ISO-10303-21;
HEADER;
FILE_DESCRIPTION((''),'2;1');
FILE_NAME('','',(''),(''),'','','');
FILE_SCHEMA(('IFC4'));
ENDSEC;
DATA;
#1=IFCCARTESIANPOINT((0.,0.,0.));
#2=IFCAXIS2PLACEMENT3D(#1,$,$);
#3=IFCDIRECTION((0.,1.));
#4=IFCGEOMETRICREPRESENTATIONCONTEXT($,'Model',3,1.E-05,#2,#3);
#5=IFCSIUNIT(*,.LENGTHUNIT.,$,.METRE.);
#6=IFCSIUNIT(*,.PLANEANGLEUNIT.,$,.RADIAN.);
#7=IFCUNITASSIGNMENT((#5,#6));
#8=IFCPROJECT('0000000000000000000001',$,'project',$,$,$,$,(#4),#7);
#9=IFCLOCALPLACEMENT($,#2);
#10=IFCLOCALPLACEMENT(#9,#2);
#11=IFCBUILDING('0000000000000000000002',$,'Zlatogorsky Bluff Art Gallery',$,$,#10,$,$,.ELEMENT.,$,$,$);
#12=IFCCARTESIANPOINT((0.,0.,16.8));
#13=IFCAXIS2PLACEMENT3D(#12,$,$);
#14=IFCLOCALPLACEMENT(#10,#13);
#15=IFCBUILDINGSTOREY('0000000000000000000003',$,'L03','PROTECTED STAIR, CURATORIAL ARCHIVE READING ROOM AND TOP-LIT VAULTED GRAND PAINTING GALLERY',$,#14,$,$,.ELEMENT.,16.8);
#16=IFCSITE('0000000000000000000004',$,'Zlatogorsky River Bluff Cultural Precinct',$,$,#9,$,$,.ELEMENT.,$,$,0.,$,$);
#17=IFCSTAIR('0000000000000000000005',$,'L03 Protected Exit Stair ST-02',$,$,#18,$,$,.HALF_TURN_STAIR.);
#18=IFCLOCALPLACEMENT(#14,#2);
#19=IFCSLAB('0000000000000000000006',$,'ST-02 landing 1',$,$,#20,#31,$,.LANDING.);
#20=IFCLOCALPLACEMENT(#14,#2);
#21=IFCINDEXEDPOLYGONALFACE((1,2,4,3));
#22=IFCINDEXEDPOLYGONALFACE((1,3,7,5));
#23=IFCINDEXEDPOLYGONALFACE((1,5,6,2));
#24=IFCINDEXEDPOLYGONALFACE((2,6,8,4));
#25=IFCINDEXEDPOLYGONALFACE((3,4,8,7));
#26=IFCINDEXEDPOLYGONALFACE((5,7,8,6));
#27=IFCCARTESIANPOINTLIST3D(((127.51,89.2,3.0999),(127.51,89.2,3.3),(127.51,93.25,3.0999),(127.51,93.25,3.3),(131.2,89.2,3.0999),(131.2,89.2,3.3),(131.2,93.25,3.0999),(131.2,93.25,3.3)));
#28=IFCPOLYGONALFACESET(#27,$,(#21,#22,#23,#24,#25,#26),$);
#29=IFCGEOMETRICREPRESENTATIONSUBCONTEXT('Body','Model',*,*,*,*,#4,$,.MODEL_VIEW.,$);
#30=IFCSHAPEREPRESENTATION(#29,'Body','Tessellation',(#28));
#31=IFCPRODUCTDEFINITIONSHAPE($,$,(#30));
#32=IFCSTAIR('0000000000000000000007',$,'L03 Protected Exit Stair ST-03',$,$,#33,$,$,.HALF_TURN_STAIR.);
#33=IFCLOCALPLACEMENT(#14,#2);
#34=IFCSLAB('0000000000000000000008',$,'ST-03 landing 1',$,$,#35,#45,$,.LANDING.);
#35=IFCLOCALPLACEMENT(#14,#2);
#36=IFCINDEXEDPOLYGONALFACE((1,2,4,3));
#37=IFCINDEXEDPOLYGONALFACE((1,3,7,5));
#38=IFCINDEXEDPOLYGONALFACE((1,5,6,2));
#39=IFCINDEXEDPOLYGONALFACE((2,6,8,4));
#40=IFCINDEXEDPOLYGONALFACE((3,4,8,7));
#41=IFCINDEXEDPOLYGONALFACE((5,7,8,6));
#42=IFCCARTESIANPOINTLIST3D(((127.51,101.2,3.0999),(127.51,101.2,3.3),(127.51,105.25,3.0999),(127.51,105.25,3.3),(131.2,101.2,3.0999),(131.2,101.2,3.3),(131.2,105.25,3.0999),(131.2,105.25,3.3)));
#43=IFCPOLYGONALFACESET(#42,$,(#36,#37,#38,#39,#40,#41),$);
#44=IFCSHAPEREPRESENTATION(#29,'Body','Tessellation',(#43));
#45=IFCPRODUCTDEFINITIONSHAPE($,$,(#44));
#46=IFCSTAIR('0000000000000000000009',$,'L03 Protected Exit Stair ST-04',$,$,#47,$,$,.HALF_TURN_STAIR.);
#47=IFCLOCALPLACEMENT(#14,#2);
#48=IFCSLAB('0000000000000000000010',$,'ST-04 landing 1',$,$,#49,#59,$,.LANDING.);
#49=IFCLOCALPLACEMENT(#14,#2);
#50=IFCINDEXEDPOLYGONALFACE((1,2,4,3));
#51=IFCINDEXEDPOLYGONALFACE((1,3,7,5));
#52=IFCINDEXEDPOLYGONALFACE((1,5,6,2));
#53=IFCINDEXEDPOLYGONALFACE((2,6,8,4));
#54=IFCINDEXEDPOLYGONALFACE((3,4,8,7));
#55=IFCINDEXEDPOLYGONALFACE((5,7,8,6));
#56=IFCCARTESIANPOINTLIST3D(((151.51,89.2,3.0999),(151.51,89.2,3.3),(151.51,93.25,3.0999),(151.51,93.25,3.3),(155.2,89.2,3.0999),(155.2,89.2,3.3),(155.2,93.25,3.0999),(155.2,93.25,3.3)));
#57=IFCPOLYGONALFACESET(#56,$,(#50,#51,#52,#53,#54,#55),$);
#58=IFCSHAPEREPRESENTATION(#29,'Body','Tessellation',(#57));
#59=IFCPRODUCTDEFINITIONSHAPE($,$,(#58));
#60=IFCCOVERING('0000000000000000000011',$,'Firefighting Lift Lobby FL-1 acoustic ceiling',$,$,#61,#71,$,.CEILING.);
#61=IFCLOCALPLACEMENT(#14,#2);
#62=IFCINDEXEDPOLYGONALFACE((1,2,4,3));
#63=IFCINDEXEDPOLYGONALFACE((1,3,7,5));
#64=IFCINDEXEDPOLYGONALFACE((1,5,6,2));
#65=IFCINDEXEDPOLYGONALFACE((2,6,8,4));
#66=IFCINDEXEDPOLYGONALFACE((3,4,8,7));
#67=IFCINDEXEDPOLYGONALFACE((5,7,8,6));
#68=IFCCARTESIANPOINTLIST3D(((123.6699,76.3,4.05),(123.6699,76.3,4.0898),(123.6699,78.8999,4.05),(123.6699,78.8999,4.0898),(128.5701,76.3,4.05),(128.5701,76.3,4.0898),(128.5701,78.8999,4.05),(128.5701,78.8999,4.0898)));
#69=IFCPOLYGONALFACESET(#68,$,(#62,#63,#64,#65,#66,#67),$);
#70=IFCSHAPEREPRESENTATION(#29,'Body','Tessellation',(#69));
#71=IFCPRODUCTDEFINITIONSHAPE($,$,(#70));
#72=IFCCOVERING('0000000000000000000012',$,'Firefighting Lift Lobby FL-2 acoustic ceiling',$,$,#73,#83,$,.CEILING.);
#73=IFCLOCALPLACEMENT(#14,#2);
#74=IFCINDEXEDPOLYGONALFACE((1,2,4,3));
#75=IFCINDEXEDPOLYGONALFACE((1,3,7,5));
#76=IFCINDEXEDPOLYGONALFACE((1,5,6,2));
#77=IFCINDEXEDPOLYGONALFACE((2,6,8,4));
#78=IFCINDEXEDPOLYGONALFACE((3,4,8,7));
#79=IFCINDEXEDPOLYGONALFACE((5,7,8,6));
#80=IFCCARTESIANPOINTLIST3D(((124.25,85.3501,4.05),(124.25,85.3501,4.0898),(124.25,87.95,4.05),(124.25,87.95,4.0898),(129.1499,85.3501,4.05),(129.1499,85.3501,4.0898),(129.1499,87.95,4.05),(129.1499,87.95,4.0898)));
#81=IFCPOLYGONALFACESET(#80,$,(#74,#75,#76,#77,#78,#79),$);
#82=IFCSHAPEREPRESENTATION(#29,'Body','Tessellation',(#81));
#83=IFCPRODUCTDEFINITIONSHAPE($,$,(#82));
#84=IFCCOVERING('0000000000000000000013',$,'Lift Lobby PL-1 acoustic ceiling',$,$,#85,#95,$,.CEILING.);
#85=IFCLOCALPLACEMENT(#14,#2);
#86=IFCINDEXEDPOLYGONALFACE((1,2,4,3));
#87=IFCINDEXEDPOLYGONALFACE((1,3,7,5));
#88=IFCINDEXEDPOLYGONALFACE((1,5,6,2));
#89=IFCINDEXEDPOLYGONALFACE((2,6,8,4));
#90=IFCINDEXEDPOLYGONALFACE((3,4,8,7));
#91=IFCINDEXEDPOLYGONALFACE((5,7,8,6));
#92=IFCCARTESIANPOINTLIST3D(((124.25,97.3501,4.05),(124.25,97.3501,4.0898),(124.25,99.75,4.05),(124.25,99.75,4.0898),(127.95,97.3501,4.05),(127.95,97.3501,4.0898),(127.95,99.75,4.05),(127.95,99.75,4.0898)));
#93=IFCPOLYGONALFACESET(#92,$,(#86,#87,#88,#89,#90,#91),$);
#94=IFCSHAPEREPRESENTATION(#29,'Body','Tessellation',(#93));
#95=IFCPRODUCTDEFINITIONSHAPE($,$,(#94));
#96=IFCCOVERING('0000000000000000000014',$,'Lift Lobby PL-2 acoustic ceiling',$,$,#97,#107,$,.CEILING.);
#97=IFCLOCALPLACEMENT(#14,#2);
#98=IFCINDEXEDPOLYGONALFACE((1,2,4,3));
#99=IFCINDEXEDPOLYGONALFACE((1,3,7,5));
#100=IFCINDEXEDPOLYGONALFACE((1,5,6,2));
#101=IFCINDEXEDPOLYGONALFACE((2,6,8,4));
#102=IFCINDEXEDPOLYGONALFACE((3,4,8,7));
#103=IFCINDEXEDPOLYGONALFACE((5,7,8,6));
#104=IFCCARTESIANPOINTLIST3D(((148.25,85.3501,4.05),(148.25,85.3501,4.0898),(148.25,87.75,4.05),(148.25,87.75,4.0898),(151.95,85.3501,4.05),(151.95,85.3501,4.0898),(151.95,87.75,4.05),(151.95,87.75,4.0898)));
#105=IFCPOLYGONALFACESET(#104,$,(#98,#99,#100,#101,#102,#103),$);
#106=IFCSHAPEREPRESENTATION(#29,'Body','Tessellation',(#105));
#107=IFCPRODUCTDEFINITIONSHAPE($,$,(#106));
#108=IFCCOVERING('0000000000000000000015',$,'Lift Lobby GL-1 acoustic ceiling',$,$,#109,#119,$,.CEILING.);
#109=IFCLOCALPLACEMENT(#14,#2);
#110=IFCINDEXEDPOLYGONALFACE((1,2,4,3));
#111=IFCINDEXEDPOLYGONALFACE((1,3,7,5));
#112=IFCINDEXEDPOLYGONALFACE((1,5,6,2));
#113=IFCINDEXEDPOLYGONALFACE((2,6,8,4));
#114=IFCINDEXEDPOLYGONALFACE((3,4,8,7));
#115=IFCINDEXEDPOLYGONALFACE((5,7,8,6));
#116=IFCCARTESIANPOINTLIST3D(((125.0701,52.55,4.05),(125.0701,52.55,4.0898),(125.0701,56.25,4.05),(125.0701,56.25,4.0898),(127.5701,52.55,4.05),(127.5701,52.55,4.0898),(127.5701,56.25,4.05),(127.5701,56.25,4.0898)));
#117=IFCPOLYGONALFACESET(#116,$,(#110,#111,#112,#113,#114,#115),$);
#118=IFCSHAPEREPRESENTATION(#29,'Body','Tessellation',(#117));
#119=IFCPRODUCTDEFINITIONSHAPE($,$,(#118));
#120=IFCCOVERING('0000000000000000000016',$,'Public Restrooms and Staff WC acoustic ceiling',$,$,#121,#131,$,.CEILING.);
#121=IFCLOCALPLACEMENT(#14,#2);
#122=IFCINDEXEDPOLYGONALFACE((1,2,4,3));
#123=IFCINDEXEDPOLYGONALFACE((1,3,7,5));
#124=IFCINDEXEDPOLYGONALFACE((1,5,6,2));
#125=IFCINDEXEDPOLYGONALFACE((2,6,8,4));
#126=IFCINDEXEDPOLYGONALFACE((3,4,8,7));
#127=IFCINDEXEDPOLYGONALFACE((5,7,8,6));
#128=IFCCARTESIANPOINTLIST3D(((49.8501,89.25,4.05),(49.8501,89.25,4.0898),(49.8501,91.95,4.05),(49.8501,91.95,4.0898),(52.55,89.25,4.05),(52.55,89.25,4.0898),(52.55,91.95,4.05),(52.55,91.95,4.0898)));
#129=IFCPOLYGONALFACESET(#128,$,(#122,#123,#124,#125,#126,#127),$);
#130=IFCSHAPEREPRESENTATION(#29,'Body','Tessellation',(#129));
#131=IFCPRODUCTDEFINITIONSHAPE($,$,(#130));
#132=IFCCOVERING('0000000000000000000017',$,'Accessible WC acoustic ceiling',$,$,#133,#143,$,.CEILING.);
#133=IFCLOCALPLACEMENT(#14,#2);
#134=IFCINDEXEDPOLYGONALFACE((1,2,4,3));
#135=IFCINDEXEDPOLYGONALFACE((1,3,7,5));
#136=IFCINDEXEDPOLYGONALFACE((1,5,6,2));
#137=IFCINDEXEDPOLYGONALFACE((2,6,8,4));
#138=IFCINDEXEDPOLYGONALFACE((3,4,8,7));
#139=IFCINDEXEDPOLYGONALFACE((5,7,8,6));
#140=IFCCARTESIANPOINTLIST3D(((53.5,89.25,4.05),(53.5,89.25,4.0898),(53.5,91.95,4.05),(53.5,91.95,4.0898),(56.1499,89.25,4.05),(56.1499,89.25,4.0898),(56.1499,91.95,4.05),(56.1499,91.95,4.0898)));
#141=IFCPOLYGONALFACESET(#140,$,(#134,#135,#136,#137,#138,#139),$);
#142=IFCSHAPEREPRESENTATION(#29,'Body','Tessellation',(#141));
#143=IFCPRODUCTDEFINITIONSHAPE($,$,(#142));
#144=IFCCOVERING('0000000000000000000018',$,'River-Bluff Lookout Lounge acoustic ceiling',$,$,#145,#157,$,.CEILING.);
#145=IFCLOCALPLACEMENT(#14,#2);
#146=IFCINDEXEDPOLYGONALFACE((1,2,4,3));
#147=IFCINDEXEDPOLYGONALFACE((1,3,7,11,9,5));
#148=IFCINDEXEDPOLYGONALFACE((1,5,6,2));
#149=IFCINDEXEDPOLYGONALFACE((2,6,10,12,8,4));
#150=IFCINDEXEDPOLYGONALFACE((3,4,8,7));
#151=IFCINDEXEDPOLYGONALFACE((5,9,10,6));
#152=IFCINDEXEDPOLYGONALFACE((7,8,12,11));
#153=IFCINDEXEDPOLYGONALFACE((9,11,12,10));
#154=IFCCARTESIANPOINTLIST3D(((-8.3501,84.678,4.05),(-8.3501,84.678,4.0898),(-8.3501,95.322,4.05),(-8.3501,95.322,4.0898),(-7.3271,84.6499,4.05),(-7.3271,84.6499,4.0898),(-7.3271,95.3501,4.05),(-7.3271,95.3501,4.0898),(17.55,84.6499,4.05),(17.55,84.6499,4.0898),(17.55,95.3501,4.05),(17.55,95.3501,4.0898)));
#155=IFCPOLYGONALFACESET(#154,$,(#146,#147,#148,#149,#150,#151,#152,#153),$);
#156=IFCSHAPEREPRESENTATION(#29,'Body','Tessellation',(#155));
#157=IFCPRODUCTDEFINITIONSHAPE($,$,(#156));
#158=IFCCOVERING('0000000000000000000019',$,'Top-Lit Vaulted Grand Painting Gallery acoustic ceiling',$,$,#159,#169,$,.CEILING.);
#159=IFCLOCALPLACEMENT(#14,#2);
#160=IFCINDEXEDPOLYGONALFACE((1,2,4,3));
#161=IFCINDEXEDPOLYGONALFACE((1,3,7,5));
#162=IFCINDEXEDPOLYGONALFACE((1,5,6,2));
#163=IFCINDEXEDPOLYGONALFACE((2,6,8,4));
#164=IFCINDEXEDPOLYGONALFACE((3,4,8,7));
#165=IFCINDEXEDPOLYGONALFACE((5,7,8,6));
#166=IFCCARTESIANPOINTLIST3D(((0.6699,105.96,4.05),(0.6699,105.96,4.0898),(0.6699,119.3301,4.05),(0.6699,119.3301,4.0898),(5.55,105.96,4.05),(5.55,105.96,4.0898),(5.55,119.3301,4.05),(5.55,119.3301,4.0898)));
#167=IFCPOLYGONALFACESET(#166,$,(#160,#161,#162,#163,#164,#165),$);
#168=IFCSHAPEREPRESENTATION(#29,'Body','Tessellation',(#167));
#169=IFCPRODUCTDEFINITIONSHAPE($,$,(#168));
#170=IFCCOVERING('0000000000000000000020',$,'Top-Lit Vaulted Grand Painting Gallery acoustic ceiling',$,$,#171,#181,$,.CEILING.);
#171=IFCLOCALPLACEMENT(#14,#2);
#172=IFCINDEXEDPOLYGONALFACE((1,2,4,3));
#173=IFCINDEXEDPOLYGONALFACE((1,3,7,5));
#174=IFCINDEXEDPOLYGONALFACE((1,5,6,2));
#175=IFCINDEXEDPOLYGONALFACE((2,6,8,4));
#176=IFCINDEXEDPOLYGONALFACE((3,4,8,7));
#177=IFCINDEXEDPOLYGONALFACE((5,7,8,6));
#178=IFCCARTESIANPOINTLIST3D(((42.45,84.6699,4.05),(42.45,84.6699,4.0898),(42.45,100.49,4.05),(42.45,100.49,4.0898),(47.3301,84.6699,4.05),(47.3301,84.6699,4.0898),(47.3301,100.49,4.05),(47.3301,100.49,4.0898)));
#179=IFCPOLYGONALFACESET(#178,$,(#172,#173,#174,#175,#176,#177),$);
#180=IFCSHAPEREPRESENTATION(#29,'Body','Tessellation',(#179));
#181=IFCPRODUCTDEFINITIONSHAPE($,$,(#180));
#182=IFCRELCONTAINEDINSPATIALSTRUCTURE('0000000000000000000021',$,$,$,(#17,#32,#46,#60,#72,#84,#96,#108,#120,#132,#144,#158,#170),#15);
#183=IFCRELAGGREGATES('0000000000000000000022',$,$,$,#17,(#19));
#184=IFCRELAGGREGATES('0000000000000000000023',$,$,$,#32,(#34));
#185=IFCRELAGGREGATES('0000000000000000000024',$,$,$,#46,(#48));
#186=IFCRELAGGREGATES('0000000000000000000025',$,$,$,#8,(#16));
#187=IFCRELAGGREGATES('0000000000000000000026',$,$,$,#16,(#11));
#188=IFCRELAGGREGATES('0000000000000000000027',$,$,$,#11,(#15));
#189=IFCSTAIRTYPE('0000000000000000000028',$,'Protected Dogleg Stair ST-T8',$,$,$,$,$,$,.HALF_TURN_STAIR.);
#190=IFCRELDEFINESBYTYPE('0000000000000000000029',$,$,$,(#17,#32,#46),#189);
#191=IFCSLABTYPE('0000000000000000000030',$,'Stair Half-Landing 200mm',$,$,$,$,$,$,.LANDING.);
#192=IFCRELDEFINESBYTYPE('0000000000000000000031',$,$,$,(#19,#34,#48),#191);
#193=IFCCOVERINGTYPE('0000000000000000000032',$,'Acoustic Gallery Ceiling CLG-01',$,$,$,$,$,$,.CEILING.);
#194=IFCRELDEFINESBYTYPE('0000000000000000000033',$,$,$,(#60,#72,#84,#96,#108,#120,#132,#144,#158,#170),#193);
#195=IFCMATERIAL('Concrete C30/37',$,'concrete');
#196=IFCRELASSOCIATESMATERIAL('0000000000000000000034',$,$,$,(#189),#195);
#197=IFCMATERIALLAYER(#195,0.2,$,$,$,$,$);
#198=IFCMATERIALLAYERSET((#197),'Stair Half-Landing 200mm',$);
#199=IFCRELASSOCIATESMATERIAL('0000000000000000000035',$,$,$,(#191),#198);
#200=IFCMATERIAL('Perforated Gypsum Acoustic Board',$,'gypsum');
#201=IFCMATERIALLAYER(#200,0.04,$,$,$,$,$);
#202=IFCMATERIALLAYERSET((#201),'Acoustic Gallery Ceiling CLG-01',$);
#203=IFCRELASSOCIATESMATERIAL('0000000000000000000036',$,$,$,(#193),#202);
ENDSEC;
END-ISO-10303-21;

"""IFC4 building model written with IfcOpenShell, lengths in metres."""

from ifc_helpers import new_model, si_unit, direction, frame, origin, place, context, subcontext, project, spatial, polyline, outline, extrude, material, layer, layer_set, type_object, element, aggregate, save


model = new_model("IFC4")

# Units and contexts
model_context = context("Model", 3, precision=1e-05, world=origin(), true_north=direction((0.0, 1.0)))
body_context = subcontext(model_context, "Body", "Model", "MODEL_VIEW")
ifc_project = project(units=[si_unit("LENGTHUNIT", "METRE"), si_unit("PLANEANGLEUNIT", "RADIAN")], contexts=[model_context])

# Site, building, storey
site_placement = place(None, origin())
site = spatial("IfcSite", under=ifc_project, at=site_placement, Name="Zlatogorsky River Bluff Cultural Precinct", CompositionType="ELEMENT", RefElevation=0.0)
building_placement = place(site_placement, origin())
building = spatial("IfcBuilding", under=site, at=building_placement, Name="Zlatogorsky Bluff Art Gallery", CompositionType="ELEMENT")
storey_placement = place(building_placement, frame((0.0, 0.0, 16.8)))
storey = spatial("IfcBuildingStorey", under=building, at=storey_placement, Name="L03", Description="PROTECTED STAIR, CURATORIAL ARCHIVE READING ROOM AND TOP-LIT VAULTED GRAND PAINTING GALLERY", CompositionType="ELEMENT", Elevation=16.8)

# Stairs, slabs
ifc_material_1 = material(Name="Concrete C30/37", Category="concrete")
stair_type = type_object("IfcStairType", Name="Protected Dogleg Stair ST-T8", PredefinedType="HALF_TURN_STAIR", material=ifc_material_1)
stair_1_placement = place(storey_placement, origin())
stair_1 = element("IfcStair", 1, at=stair_1_placement, inside=storey, type_object=stair_type, Name="L03 Protected Exit Stair ST-02", PredefinedType="HALF_TURN_STAIR")
ifc_layer_1 = layer(ifc_material_1, 0.2)
ifc_layer_set_1 = layer_set([ifc_layer_1], Name="Stair Half-Landing 200mm")
slab_type = type_object("IfcSlabType", Name="Stair Half-Landing 200mm", PredefinedType="LANDING", material=ifc_layer_set_1)
slab_1_placement = place(storey_placement, frame((0.0, 0.0, 3.0999)))
slab_1 = element("IfcSlab", 2, at=slab_1_placement, type_object=slab_type, Name="ST-02 landing 1", PredefinedType="LANDING", context=body_context, shape_type="SweptSolid", body=[
    extrude(outline(polyline([(127.51, 89.2), (131.2, 89.2), (131.2, 93.25), (127.51, 93.25), (127.51, 89.2)])), origin(), (0.0, 0.0, 1.0), 0.2002),
])
aggregate(stair_1, [slab_1])
stair_2_placement = place(storey_placement, origin())
stair_2 = element("IfcStair", 3, at=stair_2_placement, inside=storey, type_object=stair_type, Name="L03 Protected Exit Stair ST-03", PredefinedType="HALF_TURN_STAIR")
slab_2_placement = place(storey_placement, frame((0.0, 0.0, 3.0999)))
slab_2 = element("IfcSlab", 4, at=slab_2_placement, type_object=slab_type, Name="ST-03 landing 1", PredefinedType="LANDING", context=body_context, shape_type="SweptSolid", body=[
    extrude(outline(polyline([(127.51, 101.2), (131.2, 101.2), (131.2, 105.25), (127.51, 105.25), (127.51, 101.2)])), origin(), (0.0, 0.0, 1.0), 0.2002),
])
aggregate(stair_2, [slab_2])
stair_3_placement = place(storey_placement, origin())
stair_3 = element("IfcStair", 5, at=stair_3_placement, inside=storey, type_object=stair_type, Name="L03 Protected Exit Stair ST-04", PredefinedType="HALF_TURN_STAIR")
slab_3_placement = place(storey_placement, frame((0.0, 0.0, 3.0999)))
slab_3 = element("IfcSlab", 6, at=slab_3_placement, type_object=slab_type, Name="ST-04 landing 1", PredefinedType="LANDING", context=body_context, shape_type="SweptSolid", body=[
    extrude(outline(polyline([(151.51, 89.2), (155.2, 89.2), (155.2, 93.25), (151.51, 93.25), (151.51, 89.2)])), origin(), (0.0, 0.0, 1.0), 0.2002),
])
aggregate(stair_3, [slab_3])

# Coverings
ifc_material_2 = material(Name="Perforated Gypsum Acoustic Board", Category="gypsum")
ifc_layer_2 = layer(ifc_material_2, 0.04)
ifc_layer_set_2 = layer_set([ifc_layer_2], Name="Acoustic Gallery Ceiling CLG-01")
covering_type_1 = type_object("IfcCoveringType", Name="Acoustic Gallery Ceiling CLG-01", PredefinedType="CEILING", material=ifc_layer_set_2)
covering_1_placement = place(storey_placement, frame((0.0, 0.0, 4.05)))
element("IfcCovering", 7, at=covering_1_placement, inside=storey, type_object=covering_type_1, Name="Firefighting Lift Lobby FL-1 acoustic ceiling", PredefinedType="CEILING", context=body_context, shape_type="SweptSolid", body=[
    extrude(outline(polyline([(128.5701, 78.8999), (128.5701, 76.3), (123.6699, 76.3), (123.6699, 78.8999), (128.5701, 78.8999)])), origin(), (0.0, 0.0, 1.0), 0.0398),
])
covering_2_placement = place(storey_placement, frame((0.0, 0.0, 4.05)))
element("IfcCovering", 8, at=covering_2_placement, inside=storey, type_object=covering_type_1, Name="Firefighting Lift Lobby FL-2 acoustic ceiling", PredefinedType="CEILING", context=body_context, shape_type="SweptSolid", body=[
    extrude(outline(polyline([(129.1499, 87.95), (129.1499, 85.3501), (124.25, 85.3501), (124.25, 87.95), (129.1499, 87.95)])), origin(), (0.0, 0.0, 1.0), 0.0398),
])
covering_3_placement = place(storey_placement, frame((0.0, 0.0, 4.05)))
element("IfcCovering", 9, at=covering_3_placement, inside=storey, type_object=covering_type_1, Name="Lift Lobby PL-1 acoustic ceiling", PredefinedType="CEILING", context=body_context, shape_type="SweptSolid", body=[
    extrude(outline(polyline([(127.95, 99.75), (127.95, 97.3501), (124.25, 97.3501), (124.25, 99.75), (127.95, 99.75)])), origin(), (0.0, 0.0, 1.0), 0.0398),
])
covering_4_placement = place(storey_placement, frame((0.0, 0.0, 4.05)))
element("IfcCovering", 10, at=covering_4_placement, inside=storey, type_object=covering_type_1, Name="Lift Lobby PL-2 acoustic ceiling", PredefinedType="CEILING", context=body_context, shape_type="SweptSolid", body=[
    extrude(outline(polyline([(151.95, 87.75), (151.95, 85.3501), (148.25, 85.3501), (148.25, 87.75), (151.95, 87.75)])), origin(), (0.0, 0.0, 1.0), 0.0398),
])
covering_5_placement = place(storey_placement, frame((0.0, 0.0, 4.05)))
element("IfcCovering", 11, at=covering_5_placement, inside=storey, type_object=covering_type_1, Name="Lift Lobby GL-1 acoustic ceiling", PredefinedType="CEILING", context=body_context, shape_type="SweptSolid", body=[
    extrude(outline(polyline([(125.0701, 52.55), (125.0701, 56.25), (127.5701, 56.25), (127.5701, 52.55), (125.0701, 52.55)])), origin(), (0.0, 0.0, 1.0), 0.0398),
])
covering_6_placement = place(storey_placement, frame((0.0, 0.0, 4.05)))
element("IfcCovering", 12, at=covering_6_placement, inside=storey, type_object=covering_type_1, Name="Public Restrooms and Staff WC acoustic ceiling", PredefinedType="CEILING", context=body_context, shape_type="SweptSolid", body=[
    extrude(outline(polyline([(52.55, 91.95), (52.55, 89.25), (49.8501, 89.25), (49.8501, 91.95), (52.55, 91.95)])), origin(), (0.0, 0.0, 1.0), 0.0398),
])
covering_7_placement = place(storey_placement, frame((0.0, 0.0, 4.05)))
element("IfcCovering", 13, at=covering_7_placement, inside=storey, type_object=covering_type_1, Name="Accessible WC acoustic ceiling", PredefinedType="CEILING", context=body_context, shape_type="SweptSolid", body=[
    extrude(outline(polyline([(56.1499, 89.25), (53.5, 89.25), (53.5, 91.95), (56.1499, 91.95), (56.1499, 89.25)])), origin(), (0.0, 0.0, 1.0), 0.0398),
])
covering_8_placement = place(storey_placement, frame((0.0, 0.0, 4.05)))
element("IfcCovering", 14, at=covering_8_placement, inside=storey, type_object=covering_type_1, Name="River-Bluff Lookout Lounge acoustic ceiling", PredefinedType="CEILING", context=body_context, shape_type="SweptSolid", body=[
    extrude(outline(polyline([(-7.3271, 84.6499), (-8.3501, 84.678), (-8.3501, 95.322), (-7.3271, 95.3501), (17.55, 95.3501), (17.55, 84.6499), (-7.3271, 84.6499)])), origin(), (0.0, 0.0, 1.0), 0.0398),
])
covering_9_placement = place(storey_placement, frame((0.0, 0.0, 4.05)))
element("IfcCovering", 15, at=covering_9_placement, inside=storey, type_object=covering_type_1, Name="Top-Lit Vaulted Grand Painting Gallery acoustic ceiling", PredefinedType="CEILING", context=body_context, shape_type="SweptSolid", body=[
    extrude(outline(polyline([(0.6699, 119.3301), (5.55, 119.3301), (5.55, 105.96), (0.6699, 105.96), (0.6699, 119.3301)])), origin(), (0.0, 0.0, 1.0), 0.0398),
])
covering_10_placement = place(storey_placement, frame((0.0, 0.0, 4.05)))
element("IfcCovering", 16, at=covering_10_placement, inside=storey, type_object=covering_type_1, Name="Top-Lit Vaulted Grand Painting Gallery acoustic ceiling", PredefinedType="CEILING", context=body_context, shape_type="SweptSolid", body=[
    extrude(outline(polyline([(42.45, 84.6699), (42.45, 100.49), (47.3301, 100.49), (47.3301, 84.6699), (42.45, 84.6699)])), origin(), (0.0, 0.0, 1.0), 0.0398),
])

save(model, "model.ifc")
